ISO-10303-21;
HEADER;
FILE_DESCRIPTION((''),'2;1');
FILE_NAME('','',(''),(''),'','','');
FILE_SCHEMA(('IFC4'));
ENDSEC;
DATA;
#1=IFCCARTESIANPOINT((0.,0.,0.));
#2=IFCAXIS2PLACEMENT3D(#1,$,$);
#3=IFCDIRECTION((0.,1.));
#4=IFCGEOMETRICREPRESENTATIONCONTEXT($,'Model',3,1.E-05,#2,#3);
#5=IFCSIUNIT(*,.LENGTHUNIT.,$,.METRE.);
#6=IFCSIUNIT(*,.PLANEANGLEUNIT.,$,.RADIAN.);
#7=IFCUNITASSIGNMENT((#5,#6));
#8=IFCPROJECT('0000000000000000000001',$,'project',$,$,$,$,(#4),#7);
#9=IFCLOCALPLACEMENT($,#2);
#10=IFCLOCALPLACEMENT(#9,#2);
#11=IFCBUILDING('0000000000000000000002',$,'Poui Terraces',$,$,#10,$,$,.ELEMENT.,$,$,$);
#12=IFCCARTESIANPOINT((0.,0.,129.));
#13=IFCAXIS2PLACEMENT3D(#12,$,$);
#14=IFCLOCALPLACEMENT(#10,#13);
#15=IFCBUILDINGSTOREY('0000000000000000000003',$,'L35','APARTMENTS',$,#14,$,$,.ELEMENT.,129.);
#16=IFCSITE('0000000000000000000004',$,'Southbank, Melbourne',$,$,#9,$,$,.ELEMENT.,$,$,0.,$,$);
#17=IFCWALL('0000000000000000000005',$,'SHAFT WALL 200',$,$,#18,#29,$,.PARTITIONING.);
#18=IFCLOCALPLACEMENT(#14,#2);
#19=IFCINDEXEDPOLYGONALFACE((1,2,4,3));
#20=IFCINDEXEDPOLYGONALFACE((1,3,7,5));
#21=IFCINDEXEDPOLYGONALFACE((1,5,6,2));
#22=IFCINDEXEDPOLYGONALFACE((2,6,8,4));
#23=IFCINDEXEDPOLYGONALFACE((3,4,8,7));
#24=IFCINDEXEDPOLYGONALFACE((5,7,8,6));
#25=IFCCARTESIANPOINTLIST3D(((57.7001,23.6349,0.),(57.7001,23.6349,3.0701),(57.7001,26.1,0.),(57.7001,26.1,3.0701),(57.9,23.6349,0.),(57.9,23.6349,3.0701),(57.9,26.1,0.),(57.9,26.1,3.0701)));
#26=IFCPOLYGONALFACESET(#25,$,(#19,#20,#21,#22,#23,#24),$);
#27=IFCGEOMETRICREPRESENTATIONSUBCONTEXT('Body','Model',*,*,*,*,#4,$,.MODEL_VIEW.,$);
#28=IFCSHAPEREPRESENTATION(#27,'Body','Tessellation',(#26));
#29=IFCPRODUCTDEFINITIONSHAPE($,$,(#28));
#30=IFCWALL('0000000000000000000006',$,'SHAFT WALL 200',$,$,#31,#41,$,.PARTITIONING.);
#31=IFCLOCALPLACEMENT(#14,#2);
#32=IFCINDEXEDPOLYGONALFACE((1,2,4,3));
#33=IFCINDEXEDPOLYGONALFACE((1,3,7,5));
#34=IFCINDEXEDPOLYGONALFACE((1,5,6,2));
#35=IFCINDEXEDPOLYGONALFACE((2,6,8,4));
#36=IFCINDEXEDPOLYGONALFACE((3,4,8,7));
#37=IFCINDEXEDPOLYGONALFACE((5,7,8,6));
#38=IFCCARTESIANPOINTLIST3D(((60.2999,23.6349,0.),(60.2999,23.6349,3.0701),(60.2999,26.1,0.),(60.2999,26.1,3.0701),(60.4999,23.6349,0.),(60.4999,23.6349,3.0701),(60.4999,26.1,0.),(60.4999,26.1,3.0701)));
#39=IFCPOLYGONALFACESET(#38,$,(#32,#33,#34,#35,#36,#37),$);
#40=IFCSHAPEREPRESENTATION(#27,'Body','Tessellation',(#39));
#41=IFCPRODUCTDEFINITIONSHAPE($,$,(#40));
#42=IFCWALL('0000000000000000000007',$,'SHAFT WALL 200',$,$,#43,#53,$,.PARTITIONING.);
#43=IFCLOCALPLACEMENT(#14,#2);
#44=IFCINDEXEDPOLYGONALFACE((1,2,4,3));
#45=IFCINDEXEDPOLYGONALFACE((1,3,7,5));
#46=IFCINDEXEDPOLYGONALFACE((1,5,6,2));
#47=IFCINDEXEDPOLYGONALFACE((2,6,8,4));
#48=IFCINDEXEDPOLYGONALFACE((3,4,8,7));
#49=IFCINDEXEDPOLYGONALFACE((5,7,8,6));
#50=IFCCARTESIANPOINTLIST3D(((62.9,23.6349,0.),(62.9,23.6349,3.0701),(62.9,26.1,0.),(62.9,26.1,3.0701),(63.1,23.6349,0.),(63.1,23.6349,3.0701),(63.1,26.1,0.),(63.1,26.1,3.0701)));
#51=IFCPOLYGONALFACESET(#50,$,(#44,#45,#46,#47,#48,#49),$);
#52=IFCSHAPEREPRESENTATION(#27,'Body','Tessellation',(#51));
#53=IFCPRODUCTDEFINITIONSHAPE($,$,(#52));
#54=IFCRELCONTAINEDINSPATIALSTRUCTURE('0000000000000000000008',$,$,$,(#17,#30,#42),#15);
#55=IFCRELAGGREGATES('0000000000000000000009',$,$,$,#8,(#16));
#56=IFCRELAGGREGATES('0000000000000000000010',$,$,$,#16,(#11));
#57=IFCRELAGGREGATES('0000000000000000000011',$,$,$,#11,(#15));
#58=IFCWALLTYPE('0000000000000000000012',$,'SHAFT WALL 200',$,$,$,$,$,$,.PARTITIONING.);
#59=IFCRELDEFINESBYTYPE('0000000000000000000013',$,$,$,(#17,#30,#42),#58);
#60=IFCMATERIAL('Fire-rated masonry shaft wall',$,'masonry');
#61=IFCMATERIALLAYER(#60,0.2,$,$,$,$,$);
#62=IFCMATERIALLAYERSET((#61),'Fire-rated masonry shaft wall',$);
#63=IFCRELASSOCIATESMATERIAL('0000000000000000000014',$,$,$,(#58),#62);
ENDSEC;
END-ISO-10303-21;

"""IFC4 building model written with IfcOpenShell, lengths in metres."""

from ifc_helpers import new_model, si_unit, direction, frame, frame_2d, origin, place, context, subcontext, project, spatial, rectangle, extrude, material, layer, layer_set, type_object, element, save


model = new_model("IFC4")

# Units and contexts
model_context = context("Model", 3, precision=1e-05, world=origin(), true_north=direction((0.0, 1.0)))
body_context = subcontext(model_context, "Body", "Model", "MODEL_VIEW")
ifc_project = project(units=[si_unit("LENGTHUNIT", "METRE"), si_unit("PLANEANGLEUNIT", "RADIAN")], contexts=[model_context])

# Site, building, storey
site_placement = place(None, origin())
site = spatial("IfcSite", under=ifc_project, at=site_placement, Name="Southbank, Melbourne", CompositionType="ELEMENT", RefElevation=0.0)
building_placement = place(site_placement, origin())
building = spatial("IfcBuilding", under=site, at=building_placement, Name="Poui Terraces", CompositionType="ELEMENT")
storey_placement = place(building_placement, frame((0.0, 0.0, 129.0)))
storey = spatial("IfcBuildingStorey", under=building, at=storey_placement, Name="L35", Description="APARTMENTS", CompositionType="ELEMENT", Elevation=129.0)

# Walls
ifc_material_1 = material(Name="Fire-rated masonry shaft wall", Category="masonry")
ifc_layer_1 = layer(ifc_material_1, 0.2)
ifc_layer_set_1 = layer_set([ifc_layer_1], Name="Fire-rated masonry shaft wall")
wall_type_1 = type_object("IfcWallType", Name="SHAFT WALL 200", PredefinedType="PARTITIONING", material=ifc_layer_set_1)
for number, where, z_axis, x_axis, name in (
    (1, (57.8, 23.635, 0.0), (0.0, 0.0, 1.0), (0.0, 1.0, 0.0), "SHAFT WALL 200"),
    (2, (60.3999, 23.635, 0.0), (0.0, 0.0, 1.0), (0.0, 1.0, 0.0), "SHAFT WALL 200"),
    (3, (63.0, 23.635, 0.0), (0.0, 0.0, 1.0), (0.0, 1.0, 0.0), "SHAFT WALL 200"),
):
    element("IfcWall", number, at=place(storey_placement, frame(where, z_axis=z_axis, x_axis=x_axis)), inside=storey, type_object=wall_type_1, Name=name, PredefinedType="PARTITIONING", context=body_context, shape_type="SweptSolid", body=[
        extrude(rectangle(XDim=2.4651, YDim=0.2, at=frame_2d((1.2324, 0.0))), origin(), (0.0, 0.0, 1.0), 3.0701),
    ])

save(model, "model.ifc")
